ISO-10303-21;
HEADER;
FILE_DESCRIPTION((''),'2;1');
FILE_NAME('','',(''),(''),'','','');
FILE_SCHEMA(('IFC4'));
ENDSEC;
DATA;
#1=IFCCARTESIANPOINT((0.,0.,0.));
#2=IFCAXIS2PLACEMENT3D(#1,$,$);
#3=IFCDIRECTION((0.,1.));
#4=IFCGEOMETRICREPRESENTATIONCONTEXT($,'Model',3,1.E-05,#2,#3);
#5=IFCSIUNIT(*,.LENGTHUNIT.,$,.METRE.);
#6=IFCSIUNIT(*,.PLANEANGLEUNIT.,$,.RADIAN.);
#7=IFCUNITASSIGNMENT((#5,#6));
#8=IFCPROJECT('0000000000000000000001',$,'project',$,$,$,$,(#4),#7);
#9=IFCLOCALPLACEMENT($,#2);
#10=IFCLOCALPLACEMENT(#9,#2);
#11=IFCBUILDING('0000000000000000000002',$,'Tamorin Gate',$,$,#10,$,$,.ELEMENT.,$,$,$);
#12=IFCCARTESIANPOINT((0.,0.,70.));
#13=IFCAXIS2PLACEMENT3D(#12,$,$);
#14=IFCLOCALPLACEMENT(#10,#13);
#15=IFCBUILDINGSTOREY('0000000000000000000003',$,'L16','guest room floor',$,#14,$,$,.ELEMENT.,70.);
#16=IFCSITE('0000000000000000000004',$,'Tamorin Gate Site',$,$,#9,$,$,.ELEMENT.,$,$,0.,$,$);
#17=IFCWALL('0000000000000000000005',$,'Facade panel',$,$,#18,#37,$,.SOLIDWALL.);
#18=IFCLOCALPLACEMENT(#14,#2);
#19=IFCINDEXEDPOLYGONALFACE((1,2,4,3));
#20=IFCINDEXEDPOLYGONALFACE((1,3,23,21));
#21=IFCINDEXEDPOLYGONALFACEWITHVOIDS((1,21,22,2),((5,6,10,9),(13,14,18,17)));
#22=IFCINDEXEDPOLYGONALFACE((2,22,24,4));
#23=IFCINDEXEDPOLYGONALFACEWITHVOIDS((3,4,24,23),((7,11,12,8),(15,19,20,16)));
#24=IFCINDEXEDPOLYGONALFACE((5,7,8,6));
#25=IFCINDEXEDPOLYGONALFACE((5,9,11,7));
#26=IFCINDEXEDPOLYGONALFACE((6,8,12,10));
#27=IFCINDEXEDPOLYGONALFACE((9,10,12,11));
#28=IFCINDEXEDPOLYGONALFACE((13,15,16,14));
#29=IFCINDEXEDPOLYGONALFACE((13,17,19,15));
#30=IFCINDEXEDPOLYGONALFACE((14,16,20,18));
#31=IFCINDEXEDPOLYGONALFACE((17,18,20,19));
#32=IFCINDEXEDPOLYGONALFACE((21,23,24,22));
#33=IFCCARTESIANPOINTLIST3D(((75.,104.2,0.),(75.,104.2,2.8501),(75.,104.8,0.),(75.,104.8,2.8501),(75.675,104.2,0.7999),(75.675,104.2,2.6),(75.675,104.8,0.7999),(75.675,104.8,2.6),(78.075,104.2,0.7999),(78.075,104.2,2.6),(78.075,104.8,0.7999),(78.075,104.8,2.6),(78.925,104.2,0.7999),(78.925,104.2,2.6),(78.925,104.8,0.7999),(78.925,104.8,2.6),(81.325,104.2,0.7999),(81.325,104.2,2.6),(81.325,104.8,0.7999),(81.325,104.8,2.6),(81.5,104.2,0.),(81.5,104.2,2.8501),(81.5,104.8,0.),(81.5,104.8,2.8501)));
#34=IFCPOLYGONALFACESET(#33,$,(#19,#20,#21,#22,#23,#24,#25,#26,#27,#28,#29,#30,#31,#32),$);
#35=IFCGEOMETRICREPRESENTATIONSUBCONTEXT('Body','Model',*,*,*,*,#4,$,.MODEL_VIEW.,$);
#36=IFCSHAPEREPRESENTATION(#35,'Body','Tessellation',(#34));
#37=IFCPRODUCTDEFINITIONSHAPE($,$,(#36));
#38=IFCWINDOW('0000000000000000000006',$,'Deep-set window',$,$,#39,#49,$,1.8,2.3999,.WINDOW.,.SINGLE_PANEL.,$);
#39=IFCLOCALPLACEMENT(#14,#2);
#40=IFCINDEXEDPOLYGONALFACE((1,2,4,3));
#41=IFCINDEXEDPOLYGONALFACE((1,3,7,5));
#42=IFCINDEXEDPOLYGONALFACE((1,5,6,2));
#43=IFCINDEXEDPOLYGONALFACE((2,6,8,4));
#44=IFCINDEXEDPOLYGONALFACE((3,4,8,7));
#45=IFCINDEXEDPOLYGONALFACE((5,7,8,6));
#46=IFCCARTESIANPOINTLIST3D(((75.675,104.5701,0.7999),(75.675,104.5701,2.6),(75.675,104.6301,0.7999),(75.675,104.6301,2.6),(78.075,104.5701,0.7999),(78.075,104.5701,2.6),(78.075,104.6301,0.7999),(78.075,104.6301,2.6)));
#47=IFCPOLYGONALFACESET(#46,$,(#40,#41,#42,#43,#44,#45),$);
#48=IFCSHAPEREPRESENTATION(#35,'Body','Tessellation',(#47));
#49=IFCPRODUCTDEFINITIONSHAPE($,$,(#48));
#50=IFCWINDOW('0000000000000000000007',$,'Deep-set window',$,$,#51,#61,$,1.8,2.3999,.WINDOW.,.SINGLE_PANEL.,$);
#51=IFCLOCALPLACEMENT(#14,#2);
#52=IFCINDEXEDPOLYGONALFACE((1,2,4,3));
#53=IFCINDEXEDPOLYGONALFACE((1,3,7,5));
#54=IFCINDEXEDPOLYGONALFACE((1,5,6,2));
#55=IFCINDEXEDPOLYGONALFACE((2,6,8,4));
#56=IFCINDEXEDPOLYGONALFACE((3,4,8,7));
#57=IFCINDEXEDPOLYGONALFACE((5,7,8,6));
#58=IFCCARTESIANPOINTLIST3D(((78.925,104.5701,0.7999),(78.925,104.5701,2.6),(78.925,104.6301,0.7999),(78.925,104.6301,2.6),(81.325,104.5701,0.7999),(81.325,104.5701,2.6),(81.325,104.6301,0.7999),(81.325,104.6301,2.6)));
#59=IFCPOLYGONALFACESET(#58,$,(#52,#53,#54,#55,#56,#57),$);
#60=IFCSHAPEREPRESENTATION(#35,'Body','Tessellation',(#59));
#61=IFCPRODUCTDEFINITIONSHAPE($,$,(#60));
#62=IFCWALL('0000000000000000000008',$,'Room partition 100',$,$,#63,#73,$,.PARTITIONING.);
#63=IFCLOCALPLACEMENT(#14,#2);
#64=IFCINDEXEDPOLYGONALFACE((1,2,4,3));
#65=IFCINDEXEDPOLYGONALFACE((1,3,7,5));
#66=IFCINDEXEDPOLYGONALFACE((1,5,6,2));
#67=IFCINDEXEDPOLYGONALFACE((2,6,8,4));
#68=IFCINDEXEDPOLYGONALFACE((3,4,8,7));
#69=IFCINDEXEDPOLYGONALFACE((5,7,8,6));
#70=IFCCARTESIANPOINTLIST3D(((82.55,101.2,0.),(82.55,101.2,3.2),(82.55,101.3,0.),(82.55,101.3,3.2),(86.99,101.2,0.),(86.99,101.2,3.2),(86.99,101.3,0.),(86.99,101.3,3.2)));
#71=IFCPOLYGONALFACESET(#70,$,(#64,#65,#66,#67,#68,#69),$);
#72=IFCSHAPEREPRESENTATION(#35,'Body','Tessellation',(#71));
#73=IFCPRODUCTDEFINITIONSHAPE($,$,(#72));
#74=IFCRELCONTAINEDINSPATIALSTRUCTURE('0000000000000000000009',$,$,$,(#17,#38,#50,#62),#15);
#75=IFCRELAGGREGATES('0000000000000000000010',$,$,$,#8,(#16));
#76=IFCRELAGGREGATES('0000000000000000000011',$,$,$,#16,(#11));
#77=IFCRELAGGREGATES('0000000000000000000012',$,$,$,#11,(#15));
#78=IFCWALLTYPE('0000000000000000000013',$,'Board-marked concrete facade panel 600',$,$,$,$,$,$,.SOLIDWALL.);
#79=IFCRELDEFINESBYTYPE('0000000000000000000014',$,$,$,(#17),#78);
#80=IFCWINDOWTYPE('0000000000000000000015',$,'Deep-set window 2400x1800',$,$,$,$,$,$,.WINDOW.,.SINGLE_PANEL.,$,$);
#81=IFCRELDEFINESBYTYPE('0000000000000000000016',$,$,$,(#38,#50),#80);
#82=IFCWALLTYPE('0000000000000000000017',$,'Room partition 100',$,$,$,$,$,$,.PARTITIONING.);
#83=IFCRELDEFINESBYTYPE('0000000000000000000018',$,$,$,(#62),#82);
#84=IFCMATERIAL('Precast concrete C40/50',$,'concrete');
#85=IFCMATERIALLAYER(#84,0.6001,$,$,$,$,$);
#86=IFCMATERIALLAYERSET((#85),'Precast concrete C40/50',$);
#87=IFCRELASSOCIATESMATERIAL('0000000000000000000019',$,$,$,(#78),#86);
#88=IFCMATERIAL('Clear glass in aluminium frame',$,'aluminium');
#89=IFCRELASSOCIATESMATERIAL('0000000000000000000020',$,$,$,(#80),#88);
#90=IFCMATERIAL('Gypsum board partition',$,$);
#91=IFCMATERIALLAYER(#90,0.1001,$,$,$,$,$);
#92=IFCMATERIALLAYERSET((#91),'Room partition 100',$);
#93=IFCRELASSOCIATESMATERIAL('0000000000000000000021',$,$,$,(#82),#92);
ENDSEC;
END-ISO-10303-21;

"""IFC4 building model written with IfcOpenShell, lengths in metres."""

from ifc_helpers import new_model, si_unit, direction, frame, frame_2d, origin, place, context, subcontext, project, spatial, rectangle, extrude, material, layer, layer_set, type_object, element, fill, save


model = new_model("IFC4")

# Units and contexts
model_context = context("Model", 3, precision=1e-05, world=origin(), true_north=direction((0.0, 1.0)))
body_context = subcontext(model_context, "Body", "Model", "MODEL_VIEW")
ifc_project = project(units=[si_unit("LENGTHUNIT", "METRE"), si_unit("PLANEANGLEUNIT", "RADIAN")], contexts=[model_context])

# Site, building, storey
site_placement = place(None, origin())
site = spatial("IfcSite", under=ifc_project, at=site_placement, Name="Tamorin Gate Site", CompositionType="ELEMENT", RefElevation=0.0)
building_placement = place(site_placement, origin())
building = spatial("IfcBuilding", under=site, at=building_placement, Name="Tamorin Gate", CompositionType="ELEMENT")
storey_placement = place(building_placement, frame((0.0, 0.0, 70.0)))
storey = spatial("IfcBuildingStorey", under=building, at=storey_placement, Name="L16", Description="guest room floor", CompositionType="ELEMENT", Elevation=70.0)

# Shared definitions
ifc_material_1 = material(Name="Precast concrete C40/50", Category="concrete")
ifc_layer_1 = layer(ifc_material_1, 0.6001)
ifc_layer_set_1 = layer_set([ifc_layer_1], Name="Precast concrete C40/50")
wall_type_1 = type_object("IfcWallType", Name="Board-marked concrete facade panel 600", PredefinedType="SOLIDWALL", material=ifc_layer_set_1)
ifc_material_2 = material(Name="Clear glass in aluminium frame", Category="aluminium")
window_type = type_object("IfcWindowType", Name="Deep-set window 2400x1800", PartitioningType="SINGLE_PANEL", PredefinedType="WINDOW", material=ifc_material_2)

# Wall, openings, windows
wall_1_placement = place(storey_placement, frame((81.5, 104.5, 0.0), z_axis=(0.0, 0.0, 1.0), x_axis=(-1.0, 0.0, 0.0)))
wall_1 = element("IfcWall", 1, at=wall_1_placement, inside=storey, type_object=wall_type_1, Name="Facade panel", PredefinedType="SOLIDWALL", context=body_context, shape_type="SweptSolid", body=[
    extrude(rectangle(XDim=6.5, YDim=0.6001, at=frame_2d((3.25, 0.0))), origin(), (0.0, 0.0, 1.0), 2.8501),
])
opening_1_placement = place(wall_1_placement, frame((3.425, 0.0, 0.8)))
opening_1 = element("IfcOpeningElement", 2, at=opening_1_placement, cuts=wall_1, PredefinedType="OPENING", context=body_context, shape_type="SweptSolid", body=[
    extrude(rectangle(XDim=2.3999, YDim=1.8, at=frame_2d((1.2, 0.8999))), frame((0.0, 0.3101, 0.0), z_axis=(0.0, -1.0, 0.0), x_axis=(1.0, 0.0, 0.0)), (0.0, 0.0, 1.0), 0.6201),
])
opening_2_placement = place(wall_1_placement, frame((0.175, 0.0, 0.8)))
opening_2 = element("IfcOpeningElement", 3, at=opening_2_placement, cuts=wall_1, PredefinedType="OPENING", context=body_context, shape_type="SweptSolid", body=[
    extrude(rectangle(XDim=2.3999, YDim=1.8, at=frame_2d((1.2, 0.8999))), frame((0.0, 0.3101, 0.0), z_axis=(0.0, -1.0, 0.0), x_axis=(1.0, 0.0, 0.0)), (0.0, 0.0, 1.0), 0.6201),
])
window_1_placement = place(opening_1_placement, origin())
window_1 = element("IfcWindow", 4, at=window_1_placement, inside=storey, type_object=window_type, Name="Deep-set window", OverallHeight=1.8, OverallWidth=2.3999, PartitioningType="SINGLE_PANEL", PredefinedType="WINDOW", context=body_context, shape_type="SweptSolid", body=[
    extrude(rectangle(XDim=2.3999, YDim=1.8, at=frame_2d((1.2, 0.8999))), frame((0.0, -0.0701, 0.0), z_axis=(0.0, -1.0, 0.0), x_axis=(1.0, 0.0, 0.0)), (0.0, 0.0, 1.0), 0.0601),
])
fill(opening_1, window_1)
window_2_placement = place(opening_2_placement, origin())
window_2 = element("IfcWindow", 5, at=window_2_placement, inside=storey, type_object=window_type, Name="Deep-set window", OverallHeight=1.8, OverallWidth=2.3999, PartitioningType="SINGLE_PANEL", PredefinedType="WINDOW", context=body_context, shape_type="SweptSolid", body=[
    extrude(rectangle(XDim=2.3999, YDim=1.8, at=frame_2d((1.2, 0.8999))), frame((0.0, -0.0701, 0.0), z_axis=(0.0, -1.0, 0.0), x_axis=(1.0, 0.0, 0.0)), (0.0, 0.0, 1.0), 0.0601),
])
fill(opening_2, window_2)

# Wall
ifc_material_3 = material(Name="Gypsum board partition")
ifc_layer_2 = layer(ifc_material_3, 0.1001)
ifc_layer_set_2 = layer_set([ifc_layer_2], Name="Room partition 100")
wall_type_2 = type_object("IfcWallType", Name="Room partition 100", PredefinedType="PARTITIONING", material=ifc_layer_set_2)
wall_2_placement = place(storey_placement, frame((82.55, 101.25, 0.0), z_axis=(0.0, 0.0, 1.0), x_axis=(1.0, 0.0, 0.0)))
element("IfcWall", 6, at=wall_2_placement, inside=storey, type_object=wall_type_2, Name="Room partition 100", PredefinedType="PARTITIONING", context=body_context, shape_type="SweptSolid", body=[
    extrude(rectangle(XDim=4.4399, YDim=0.1001, at=frame_2d((2.22, 0.0))), origin(), (0.0, 0.0, 1.0), 3.2),
])

save(model, "model.ifc")
